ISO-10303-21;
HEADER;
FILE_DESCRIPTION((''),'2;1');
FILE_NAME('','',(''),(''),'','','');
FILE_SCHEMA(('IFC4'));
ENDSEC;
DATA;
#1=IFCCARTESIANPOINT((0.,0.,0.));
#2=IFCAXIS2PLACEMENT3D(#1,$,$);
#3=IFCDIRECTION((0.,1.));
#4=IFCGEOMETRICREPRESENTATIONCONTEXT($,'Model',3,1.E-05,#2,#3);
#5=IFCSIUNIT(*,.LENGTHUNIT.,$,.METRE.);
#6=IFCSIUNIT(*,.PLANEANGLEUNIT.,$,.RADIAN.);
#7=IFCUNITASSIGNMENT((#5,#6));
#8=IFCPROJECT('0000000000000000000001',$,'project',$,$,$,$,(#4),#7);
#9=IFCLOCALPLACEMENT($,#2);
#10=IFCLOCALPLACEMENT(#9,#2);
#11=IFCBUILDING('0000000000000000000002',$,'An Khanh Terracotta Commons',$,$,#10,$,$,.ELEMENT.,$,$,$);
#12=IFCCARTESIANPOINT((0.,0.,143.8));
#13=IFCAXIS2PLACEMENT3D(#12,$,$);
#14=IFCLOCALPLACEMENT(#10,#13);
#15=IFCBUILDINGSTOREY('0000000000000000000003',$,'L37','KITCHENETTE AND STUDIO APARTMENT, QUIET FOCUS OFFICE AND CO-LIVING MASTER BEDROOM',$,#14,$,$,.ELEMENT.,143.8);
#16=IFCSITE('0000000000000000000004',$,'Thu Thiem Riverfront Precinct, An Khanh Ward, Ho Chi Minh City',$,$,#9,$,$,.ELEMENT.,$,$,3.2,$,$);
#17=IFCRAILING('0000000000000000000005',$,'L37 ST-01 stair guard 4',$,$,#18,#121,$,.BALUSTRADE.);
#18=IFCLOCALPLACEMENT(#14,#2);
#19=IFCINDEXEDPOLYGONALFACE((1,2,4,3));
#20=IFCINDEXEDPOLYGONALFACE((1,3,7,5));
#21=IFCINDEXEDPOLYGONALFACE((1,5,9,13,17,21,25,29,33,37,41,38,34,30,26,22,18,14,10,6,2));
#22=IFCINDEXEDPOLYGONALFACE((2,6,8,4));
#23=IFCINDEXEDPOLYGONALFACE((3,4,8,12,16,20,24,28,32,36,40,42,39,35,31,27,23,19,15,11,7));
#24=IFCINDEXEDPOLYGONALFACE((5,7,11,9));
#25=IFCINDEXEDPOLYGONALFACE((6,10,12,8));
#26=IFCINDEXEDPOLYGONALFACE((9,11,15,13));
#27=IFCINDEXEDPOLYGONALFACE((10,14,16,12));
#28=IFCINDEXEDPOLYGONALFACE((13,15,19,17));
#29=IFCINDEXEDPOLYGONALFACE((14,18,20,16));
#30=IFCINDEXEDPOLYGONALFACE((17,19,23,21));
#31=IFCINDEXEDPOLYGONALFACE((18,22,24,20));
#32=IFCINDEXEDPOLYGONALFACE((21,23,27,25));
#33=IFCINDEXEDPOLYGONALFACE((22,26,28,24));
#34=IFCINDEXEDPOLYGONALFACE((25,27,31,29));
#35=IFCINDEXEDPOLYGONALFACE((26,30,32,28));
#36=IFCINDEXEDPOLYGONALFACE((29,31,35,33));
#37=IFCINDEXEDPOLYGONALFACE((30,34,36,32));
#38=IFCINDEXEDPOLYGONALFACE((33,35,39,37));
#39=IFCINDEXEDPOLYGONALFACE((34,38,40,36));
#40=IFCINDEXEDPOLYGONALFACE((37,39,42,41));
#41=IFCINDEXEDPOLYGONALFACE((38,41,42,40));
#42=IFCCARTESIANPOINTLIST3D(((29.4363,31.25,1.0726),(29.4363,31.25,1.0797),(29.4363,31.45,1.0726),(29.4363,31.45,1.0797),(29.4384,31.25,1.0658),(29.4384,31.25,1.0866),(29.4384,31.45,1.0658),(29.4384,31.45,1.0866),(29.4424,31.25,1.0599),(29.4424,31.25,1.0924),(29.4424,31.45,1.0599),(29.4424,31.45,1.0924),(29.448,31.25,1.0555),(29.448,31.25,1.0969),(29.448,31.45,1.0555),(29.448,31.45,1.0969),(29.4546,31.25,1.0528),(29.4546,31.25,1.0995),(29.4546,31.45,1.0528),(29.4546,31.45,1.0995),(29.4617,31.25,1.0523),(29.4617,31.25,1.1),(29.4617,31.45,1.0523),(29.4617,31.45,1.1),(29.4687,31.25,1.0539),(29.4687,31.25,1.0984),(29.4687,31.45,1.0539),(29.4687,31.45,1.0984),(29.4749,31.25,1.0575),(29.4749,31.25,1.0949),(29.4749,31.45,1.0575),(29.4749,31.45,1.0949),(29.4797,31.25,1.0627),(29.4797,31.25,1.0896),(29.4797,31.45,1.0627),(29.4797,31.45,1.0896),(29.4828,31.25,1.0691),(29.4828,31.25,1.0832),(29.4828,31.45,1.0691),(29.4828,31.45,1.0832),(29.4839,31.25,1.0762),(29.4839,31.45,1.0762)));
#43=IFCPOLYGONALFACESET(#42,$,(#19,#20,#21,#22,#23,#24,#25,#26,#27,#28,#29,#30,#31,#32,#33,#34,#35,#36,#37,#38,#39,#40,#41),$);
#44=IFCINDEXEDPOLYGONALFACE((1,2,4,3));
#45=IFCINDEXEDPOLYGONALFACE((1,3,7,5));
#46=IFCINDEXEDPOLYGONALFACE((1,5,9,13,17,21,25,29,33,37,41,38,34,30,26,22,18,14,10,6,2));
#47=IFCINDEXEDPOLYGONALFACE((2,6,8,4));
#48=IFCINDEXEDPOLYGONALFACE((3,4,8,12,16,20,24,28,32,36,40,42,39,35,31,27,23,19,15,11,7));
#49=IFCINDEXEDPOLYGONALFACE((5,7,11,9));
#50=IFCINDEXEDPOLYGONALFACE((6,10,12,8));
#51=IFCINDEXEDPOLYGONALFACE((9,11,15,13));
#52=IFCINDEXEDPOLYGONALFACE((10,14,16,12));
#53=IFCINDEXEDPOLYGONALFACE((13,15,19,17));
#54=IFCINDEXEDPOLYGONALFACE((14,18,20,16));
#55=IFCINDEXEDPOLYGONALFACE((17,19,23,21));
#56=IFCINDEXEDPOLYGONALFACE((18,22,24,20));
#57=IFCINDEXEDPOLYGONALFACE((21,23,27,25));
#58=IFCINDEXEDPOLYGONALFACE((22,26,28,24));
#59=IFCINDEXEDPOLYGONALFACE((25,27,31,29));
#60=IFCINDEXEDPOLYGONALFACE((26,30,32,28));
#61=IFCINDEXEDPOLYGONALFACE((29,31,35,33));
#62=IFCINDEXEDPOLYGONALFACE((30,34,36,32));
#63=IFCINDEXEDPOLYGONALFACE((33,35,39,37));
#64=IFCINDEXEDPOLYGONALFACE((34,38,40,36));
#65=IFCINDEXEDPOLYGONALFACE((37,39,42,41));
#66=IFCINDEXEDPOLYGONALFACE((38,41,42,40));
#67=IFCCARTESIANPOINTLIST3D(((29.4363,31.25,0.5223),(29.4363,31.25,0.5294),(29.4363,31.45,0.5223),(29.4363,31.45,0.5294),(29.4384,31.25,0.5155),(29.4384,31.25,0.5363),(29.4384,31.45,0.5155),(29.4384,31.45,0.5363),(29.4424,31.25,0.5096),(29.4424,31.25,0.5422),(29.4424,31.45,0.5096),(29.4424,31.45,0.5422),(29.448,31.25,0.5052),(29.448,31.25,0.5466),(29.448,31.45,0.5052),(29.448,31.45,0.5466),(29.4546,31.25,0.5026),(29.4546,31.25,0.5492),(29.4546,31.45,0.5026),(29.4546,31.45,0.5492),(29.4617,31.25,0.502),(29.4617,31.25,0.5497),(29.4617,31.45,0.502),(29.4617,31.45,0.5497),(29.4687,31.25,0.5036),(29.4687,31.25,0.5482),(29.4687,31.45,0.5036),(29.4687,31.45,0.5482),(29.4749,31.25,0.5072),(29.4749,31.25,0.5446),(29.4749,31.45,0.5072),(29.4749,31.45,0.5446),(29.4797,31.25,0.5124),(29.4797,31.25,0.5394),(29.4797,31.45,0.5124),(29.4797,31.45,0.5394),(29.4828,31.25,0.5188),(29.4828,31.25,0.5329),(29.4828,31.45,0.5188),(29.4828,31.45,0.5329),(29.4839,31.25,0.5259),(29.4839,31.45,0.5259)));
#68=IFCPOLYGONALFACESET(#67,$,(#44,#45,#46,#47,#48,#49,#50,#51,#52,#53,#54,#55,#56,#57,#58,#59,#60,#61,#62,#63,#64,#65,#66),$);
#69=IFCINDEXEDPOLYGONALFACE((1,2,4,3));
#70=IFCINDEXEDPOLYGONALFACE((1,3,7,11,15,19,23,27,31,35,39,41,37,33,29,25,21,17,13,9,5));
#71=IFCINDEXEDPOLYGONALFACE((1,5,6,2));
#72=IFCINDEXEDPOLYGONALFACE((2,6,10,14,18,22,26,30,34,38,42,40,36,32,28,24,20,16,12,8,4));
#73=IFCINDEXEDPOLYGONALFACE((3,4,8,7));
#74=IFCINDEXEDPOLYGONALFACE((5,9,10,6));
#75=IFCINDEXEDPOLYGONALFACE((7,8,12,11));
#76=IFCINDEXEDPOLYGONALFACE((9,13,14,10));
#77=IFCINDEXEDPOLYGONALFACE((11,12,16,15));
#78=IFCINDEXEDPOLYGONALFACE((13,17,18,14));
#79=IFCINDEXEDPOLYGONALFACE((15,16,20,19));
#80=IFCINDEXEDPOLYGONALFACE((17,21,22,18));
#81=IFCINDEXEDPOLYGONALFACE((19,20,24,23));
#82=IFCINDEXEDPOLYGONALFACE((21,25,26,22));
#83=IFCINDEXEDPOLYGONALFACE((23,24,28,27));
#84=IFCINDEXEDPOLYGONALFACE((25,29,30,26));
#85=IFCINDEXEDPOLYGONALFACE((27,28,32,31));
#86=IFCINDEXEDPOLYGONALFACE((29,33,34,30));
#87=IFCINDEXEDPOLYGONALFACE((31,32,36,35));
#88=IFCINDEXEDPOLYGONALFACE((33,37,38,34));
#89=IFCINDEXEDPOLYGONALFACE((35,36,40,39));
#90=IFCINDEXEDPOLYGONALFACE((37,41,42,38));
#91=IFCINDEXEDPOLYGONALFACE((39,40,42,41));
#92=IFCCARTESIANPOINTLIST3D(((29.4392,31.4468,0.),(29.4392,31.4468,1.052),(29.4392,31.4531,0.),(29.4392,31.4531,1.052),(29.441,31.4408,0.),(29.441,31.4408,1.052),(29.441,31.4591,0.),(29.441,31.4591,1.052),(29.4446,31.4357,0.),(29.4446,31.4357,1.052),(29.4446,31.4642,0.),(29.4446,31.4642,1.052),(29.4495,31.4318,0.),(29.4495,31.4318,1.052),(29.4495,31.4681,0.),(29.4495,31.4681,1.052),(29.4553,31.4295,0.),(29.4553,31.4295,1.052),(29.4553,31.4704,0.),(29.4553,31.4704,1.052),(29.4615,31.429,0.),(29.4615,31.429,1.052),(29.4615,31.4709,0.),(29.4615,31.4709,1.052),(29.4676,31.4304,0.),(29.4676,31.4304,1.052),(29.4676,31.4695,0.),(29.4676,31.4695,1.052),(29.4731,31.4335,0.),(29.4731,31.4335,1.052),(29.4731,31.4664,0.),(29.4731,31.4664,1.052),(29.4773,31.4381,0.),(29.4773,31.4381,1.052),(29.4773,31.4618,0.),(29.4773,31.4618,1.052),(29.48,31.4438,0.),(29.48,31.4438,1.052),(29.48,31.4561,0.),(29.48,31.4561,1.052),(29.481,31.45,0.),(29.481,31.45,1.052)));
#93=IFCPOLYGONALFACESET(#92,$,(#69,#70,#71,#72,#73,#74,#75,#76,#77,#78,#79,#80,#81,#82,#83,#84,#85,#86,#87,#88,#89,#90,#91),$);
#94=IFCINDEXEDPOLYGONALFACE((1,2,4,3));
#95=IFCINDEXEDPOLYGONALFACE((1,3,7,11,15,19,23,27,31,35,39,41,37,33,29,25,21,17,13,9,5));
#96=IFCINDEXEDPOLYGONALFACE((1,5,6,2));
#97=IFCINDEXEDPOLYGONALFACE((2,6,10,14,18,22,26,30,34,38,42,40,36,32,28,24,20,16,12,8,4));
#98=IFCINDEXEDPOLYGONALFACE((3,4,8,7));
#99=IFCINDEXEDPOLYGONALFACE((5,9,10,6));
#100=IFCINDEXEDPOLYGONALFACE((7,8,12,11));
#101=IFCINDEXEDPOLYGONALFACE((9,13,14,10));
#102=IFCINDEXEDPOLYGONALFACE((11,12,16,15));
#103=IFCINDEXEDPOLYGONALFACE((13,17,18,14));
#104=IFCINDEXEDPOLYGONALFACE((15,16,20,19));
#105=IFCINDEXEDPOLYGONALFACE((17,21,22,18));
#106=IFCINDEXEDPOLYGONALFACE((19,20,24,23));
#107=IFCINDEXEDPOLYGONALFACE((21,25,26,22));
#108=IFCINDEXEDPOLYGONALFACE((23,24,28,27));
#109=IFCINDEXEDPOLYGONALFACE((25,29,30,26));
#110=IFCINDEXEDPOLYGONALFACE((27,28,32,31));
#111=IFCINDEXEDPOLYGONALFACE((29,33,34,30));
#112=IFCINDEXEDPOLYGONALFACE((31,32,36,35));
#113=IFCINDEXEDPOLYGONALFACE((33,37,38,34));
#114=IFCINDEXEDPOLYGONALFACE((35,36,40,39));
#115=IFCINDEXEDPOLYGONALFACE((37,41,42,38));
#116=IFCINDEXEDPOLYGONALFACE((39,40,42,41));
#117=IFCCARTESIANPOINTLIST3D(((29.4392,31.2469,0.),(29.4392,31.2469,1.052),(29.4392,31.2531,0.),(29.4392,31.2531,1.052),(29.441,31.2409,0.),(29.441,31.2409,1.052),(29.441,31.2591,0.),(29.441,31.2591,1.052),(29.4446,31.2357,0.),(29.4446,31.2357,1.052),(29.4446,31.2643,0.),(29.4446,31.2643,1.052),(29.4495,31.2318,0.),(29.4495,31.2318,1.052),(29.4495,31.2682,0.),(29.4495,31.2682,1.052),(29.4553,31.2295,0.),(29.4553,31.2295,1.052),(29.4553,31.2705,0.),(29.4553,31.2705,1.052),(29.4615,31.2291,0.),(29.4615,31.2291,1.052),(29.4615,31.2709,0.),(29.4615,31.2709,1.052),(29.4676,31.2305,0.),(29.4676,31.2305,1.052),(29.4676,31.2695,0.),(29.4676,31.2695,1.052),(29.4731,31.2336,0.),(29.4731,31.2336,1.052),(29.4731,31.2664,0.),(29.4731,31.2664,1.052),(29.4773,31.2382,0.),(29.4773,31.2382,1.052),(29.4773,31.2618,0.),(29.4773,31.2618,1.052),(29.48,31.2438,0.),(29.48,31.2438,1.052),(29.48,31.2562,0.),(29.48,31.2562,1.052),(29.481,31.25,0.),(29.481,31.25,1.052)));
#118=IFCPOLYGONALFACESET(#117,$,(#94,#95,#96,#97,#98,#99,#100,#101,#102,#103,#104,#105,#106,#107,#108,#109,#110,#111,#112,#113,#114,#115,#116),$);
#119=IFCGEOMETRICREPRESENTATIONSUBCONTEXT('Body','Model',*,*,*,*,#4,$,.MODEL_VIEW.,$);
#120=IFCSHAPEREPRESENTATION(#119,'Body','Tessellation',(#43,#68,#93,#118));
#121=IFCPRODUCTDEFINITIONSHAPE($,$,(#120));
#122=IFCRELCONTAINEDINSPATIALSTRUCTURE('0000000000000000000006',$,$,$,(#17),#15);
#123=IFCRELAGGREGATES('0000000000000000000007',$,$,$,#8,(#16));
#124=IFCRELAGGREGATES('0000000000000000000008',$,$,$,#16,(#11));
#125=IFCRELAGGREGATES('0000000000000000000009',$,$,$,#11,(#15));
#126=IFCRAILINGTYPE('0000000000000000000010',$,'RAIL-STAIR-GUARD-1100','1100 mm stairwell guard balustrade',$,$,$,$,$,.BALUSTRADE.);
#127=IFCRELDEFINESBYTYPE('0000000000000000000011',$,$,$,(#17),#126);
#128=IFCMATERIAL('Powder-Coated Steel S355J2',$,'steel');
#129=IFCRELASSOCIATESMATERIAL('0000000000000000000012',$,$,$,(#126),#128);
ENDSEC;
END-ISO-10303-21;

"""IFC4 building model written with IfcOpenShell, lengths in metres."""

from ifc_helpers import new_model, si_unit, direction, frame, origin, origin_2d, place, context, subcontext, project, spatial, circle, extrude, material, type_object, element, save


model = new_model("IFC4")

# Units and contexts
model_context = context("Model", 3, precision=1e-05, world=origin(), true_north=direction((0.0, 1.0)))
body_context = subcontext(model_context, "Body", "Model", "MODEL_VIEW")
ifc_project = project(units=[si_unit("LENGTHUNIT", "METRE"), si_unit("PLANEANGLEUNIT", "RADIAN")], contexts=[model_context])

# Site, building, storey
site_placement = place(None, origin())
site = spatial("IfcSite", under=ifc_project, at=site_placement, Name="Thu Thiem Riverfront Precinct, An Khanh Ward, Ho Chi Minh City", CompositionType="ELEMENT", RefElevation=3.2)
building_placement = place(site_placement, origin())
building = spatial("IfcBuilding", under=site, at=building_placement, Name="An Khanh Terracotta Commons", CompositionType="ELEMENT")
storey_placement = place(building_placement, frame((0.0, 0.0, 143.8)))
storey = spatial("IfcBuildingStorey", under=building, at=storey_placement, Name="L37", Description="KITCHENETTE AND STUDIO APARTMENT, QUIET FOCUS OFFICE AND CO-LIVING MASTER BEDROOM", CompositionType="ELEMENT", Elevation=143.8)

# Railing
ifc_material_1 = material(Name="Powder-Coated Steel S355J2", Category="steel")
railing_type_1 = type_object("IfcRailingType", Name="RAIL-STAIR-GUARD-1100", Description="1100 mm stairwell guard balustrade", PredefinedType="BALUSTRADE", material=ifc_material_1)
railing_1_placement = place(storey_placement, frame((29.46, 31.45, 0.0)))
element("IfcRailing", 1, at=railing_1_placement, inside=storey, type_object=railing_type_1, Name="L37 ST-01 stair guard 4", PredefinedType="BALUSTRADE", context=body_context, shape_type="SweptSolid", body=[
    extrude(circle(Radius=0.0239, at=origin_2d()), frame((0.0, 0.0, 1.0762), z_axis=(0.0, -1.0, 0.0), x_axis=(1.0, 0.0, 0.0)), (0.0, 0.0, 1.0), 0.2),
    extrude(circle(Radius=0.0239, at=origin_2d()), frame((0.0, 0.0, 0.5259), z_axis=(0.0, -1.0, 0.0), x_axis=(1.0, 0.0, 0.0)), (0.0, 0.0, 1.0), 0.2),
    extrude(circle(Radius=0.021, at=origin_2d()), origin(), (0.0, 0.0, 1.0), 1.052),
    extrude(circle(Radius=0.021, at=origin_2d()), frame((0.0, -0.2, 0.0)), (0.0, 0.0, 1.0), 1.052),
])

save(model, "model.ifc")
